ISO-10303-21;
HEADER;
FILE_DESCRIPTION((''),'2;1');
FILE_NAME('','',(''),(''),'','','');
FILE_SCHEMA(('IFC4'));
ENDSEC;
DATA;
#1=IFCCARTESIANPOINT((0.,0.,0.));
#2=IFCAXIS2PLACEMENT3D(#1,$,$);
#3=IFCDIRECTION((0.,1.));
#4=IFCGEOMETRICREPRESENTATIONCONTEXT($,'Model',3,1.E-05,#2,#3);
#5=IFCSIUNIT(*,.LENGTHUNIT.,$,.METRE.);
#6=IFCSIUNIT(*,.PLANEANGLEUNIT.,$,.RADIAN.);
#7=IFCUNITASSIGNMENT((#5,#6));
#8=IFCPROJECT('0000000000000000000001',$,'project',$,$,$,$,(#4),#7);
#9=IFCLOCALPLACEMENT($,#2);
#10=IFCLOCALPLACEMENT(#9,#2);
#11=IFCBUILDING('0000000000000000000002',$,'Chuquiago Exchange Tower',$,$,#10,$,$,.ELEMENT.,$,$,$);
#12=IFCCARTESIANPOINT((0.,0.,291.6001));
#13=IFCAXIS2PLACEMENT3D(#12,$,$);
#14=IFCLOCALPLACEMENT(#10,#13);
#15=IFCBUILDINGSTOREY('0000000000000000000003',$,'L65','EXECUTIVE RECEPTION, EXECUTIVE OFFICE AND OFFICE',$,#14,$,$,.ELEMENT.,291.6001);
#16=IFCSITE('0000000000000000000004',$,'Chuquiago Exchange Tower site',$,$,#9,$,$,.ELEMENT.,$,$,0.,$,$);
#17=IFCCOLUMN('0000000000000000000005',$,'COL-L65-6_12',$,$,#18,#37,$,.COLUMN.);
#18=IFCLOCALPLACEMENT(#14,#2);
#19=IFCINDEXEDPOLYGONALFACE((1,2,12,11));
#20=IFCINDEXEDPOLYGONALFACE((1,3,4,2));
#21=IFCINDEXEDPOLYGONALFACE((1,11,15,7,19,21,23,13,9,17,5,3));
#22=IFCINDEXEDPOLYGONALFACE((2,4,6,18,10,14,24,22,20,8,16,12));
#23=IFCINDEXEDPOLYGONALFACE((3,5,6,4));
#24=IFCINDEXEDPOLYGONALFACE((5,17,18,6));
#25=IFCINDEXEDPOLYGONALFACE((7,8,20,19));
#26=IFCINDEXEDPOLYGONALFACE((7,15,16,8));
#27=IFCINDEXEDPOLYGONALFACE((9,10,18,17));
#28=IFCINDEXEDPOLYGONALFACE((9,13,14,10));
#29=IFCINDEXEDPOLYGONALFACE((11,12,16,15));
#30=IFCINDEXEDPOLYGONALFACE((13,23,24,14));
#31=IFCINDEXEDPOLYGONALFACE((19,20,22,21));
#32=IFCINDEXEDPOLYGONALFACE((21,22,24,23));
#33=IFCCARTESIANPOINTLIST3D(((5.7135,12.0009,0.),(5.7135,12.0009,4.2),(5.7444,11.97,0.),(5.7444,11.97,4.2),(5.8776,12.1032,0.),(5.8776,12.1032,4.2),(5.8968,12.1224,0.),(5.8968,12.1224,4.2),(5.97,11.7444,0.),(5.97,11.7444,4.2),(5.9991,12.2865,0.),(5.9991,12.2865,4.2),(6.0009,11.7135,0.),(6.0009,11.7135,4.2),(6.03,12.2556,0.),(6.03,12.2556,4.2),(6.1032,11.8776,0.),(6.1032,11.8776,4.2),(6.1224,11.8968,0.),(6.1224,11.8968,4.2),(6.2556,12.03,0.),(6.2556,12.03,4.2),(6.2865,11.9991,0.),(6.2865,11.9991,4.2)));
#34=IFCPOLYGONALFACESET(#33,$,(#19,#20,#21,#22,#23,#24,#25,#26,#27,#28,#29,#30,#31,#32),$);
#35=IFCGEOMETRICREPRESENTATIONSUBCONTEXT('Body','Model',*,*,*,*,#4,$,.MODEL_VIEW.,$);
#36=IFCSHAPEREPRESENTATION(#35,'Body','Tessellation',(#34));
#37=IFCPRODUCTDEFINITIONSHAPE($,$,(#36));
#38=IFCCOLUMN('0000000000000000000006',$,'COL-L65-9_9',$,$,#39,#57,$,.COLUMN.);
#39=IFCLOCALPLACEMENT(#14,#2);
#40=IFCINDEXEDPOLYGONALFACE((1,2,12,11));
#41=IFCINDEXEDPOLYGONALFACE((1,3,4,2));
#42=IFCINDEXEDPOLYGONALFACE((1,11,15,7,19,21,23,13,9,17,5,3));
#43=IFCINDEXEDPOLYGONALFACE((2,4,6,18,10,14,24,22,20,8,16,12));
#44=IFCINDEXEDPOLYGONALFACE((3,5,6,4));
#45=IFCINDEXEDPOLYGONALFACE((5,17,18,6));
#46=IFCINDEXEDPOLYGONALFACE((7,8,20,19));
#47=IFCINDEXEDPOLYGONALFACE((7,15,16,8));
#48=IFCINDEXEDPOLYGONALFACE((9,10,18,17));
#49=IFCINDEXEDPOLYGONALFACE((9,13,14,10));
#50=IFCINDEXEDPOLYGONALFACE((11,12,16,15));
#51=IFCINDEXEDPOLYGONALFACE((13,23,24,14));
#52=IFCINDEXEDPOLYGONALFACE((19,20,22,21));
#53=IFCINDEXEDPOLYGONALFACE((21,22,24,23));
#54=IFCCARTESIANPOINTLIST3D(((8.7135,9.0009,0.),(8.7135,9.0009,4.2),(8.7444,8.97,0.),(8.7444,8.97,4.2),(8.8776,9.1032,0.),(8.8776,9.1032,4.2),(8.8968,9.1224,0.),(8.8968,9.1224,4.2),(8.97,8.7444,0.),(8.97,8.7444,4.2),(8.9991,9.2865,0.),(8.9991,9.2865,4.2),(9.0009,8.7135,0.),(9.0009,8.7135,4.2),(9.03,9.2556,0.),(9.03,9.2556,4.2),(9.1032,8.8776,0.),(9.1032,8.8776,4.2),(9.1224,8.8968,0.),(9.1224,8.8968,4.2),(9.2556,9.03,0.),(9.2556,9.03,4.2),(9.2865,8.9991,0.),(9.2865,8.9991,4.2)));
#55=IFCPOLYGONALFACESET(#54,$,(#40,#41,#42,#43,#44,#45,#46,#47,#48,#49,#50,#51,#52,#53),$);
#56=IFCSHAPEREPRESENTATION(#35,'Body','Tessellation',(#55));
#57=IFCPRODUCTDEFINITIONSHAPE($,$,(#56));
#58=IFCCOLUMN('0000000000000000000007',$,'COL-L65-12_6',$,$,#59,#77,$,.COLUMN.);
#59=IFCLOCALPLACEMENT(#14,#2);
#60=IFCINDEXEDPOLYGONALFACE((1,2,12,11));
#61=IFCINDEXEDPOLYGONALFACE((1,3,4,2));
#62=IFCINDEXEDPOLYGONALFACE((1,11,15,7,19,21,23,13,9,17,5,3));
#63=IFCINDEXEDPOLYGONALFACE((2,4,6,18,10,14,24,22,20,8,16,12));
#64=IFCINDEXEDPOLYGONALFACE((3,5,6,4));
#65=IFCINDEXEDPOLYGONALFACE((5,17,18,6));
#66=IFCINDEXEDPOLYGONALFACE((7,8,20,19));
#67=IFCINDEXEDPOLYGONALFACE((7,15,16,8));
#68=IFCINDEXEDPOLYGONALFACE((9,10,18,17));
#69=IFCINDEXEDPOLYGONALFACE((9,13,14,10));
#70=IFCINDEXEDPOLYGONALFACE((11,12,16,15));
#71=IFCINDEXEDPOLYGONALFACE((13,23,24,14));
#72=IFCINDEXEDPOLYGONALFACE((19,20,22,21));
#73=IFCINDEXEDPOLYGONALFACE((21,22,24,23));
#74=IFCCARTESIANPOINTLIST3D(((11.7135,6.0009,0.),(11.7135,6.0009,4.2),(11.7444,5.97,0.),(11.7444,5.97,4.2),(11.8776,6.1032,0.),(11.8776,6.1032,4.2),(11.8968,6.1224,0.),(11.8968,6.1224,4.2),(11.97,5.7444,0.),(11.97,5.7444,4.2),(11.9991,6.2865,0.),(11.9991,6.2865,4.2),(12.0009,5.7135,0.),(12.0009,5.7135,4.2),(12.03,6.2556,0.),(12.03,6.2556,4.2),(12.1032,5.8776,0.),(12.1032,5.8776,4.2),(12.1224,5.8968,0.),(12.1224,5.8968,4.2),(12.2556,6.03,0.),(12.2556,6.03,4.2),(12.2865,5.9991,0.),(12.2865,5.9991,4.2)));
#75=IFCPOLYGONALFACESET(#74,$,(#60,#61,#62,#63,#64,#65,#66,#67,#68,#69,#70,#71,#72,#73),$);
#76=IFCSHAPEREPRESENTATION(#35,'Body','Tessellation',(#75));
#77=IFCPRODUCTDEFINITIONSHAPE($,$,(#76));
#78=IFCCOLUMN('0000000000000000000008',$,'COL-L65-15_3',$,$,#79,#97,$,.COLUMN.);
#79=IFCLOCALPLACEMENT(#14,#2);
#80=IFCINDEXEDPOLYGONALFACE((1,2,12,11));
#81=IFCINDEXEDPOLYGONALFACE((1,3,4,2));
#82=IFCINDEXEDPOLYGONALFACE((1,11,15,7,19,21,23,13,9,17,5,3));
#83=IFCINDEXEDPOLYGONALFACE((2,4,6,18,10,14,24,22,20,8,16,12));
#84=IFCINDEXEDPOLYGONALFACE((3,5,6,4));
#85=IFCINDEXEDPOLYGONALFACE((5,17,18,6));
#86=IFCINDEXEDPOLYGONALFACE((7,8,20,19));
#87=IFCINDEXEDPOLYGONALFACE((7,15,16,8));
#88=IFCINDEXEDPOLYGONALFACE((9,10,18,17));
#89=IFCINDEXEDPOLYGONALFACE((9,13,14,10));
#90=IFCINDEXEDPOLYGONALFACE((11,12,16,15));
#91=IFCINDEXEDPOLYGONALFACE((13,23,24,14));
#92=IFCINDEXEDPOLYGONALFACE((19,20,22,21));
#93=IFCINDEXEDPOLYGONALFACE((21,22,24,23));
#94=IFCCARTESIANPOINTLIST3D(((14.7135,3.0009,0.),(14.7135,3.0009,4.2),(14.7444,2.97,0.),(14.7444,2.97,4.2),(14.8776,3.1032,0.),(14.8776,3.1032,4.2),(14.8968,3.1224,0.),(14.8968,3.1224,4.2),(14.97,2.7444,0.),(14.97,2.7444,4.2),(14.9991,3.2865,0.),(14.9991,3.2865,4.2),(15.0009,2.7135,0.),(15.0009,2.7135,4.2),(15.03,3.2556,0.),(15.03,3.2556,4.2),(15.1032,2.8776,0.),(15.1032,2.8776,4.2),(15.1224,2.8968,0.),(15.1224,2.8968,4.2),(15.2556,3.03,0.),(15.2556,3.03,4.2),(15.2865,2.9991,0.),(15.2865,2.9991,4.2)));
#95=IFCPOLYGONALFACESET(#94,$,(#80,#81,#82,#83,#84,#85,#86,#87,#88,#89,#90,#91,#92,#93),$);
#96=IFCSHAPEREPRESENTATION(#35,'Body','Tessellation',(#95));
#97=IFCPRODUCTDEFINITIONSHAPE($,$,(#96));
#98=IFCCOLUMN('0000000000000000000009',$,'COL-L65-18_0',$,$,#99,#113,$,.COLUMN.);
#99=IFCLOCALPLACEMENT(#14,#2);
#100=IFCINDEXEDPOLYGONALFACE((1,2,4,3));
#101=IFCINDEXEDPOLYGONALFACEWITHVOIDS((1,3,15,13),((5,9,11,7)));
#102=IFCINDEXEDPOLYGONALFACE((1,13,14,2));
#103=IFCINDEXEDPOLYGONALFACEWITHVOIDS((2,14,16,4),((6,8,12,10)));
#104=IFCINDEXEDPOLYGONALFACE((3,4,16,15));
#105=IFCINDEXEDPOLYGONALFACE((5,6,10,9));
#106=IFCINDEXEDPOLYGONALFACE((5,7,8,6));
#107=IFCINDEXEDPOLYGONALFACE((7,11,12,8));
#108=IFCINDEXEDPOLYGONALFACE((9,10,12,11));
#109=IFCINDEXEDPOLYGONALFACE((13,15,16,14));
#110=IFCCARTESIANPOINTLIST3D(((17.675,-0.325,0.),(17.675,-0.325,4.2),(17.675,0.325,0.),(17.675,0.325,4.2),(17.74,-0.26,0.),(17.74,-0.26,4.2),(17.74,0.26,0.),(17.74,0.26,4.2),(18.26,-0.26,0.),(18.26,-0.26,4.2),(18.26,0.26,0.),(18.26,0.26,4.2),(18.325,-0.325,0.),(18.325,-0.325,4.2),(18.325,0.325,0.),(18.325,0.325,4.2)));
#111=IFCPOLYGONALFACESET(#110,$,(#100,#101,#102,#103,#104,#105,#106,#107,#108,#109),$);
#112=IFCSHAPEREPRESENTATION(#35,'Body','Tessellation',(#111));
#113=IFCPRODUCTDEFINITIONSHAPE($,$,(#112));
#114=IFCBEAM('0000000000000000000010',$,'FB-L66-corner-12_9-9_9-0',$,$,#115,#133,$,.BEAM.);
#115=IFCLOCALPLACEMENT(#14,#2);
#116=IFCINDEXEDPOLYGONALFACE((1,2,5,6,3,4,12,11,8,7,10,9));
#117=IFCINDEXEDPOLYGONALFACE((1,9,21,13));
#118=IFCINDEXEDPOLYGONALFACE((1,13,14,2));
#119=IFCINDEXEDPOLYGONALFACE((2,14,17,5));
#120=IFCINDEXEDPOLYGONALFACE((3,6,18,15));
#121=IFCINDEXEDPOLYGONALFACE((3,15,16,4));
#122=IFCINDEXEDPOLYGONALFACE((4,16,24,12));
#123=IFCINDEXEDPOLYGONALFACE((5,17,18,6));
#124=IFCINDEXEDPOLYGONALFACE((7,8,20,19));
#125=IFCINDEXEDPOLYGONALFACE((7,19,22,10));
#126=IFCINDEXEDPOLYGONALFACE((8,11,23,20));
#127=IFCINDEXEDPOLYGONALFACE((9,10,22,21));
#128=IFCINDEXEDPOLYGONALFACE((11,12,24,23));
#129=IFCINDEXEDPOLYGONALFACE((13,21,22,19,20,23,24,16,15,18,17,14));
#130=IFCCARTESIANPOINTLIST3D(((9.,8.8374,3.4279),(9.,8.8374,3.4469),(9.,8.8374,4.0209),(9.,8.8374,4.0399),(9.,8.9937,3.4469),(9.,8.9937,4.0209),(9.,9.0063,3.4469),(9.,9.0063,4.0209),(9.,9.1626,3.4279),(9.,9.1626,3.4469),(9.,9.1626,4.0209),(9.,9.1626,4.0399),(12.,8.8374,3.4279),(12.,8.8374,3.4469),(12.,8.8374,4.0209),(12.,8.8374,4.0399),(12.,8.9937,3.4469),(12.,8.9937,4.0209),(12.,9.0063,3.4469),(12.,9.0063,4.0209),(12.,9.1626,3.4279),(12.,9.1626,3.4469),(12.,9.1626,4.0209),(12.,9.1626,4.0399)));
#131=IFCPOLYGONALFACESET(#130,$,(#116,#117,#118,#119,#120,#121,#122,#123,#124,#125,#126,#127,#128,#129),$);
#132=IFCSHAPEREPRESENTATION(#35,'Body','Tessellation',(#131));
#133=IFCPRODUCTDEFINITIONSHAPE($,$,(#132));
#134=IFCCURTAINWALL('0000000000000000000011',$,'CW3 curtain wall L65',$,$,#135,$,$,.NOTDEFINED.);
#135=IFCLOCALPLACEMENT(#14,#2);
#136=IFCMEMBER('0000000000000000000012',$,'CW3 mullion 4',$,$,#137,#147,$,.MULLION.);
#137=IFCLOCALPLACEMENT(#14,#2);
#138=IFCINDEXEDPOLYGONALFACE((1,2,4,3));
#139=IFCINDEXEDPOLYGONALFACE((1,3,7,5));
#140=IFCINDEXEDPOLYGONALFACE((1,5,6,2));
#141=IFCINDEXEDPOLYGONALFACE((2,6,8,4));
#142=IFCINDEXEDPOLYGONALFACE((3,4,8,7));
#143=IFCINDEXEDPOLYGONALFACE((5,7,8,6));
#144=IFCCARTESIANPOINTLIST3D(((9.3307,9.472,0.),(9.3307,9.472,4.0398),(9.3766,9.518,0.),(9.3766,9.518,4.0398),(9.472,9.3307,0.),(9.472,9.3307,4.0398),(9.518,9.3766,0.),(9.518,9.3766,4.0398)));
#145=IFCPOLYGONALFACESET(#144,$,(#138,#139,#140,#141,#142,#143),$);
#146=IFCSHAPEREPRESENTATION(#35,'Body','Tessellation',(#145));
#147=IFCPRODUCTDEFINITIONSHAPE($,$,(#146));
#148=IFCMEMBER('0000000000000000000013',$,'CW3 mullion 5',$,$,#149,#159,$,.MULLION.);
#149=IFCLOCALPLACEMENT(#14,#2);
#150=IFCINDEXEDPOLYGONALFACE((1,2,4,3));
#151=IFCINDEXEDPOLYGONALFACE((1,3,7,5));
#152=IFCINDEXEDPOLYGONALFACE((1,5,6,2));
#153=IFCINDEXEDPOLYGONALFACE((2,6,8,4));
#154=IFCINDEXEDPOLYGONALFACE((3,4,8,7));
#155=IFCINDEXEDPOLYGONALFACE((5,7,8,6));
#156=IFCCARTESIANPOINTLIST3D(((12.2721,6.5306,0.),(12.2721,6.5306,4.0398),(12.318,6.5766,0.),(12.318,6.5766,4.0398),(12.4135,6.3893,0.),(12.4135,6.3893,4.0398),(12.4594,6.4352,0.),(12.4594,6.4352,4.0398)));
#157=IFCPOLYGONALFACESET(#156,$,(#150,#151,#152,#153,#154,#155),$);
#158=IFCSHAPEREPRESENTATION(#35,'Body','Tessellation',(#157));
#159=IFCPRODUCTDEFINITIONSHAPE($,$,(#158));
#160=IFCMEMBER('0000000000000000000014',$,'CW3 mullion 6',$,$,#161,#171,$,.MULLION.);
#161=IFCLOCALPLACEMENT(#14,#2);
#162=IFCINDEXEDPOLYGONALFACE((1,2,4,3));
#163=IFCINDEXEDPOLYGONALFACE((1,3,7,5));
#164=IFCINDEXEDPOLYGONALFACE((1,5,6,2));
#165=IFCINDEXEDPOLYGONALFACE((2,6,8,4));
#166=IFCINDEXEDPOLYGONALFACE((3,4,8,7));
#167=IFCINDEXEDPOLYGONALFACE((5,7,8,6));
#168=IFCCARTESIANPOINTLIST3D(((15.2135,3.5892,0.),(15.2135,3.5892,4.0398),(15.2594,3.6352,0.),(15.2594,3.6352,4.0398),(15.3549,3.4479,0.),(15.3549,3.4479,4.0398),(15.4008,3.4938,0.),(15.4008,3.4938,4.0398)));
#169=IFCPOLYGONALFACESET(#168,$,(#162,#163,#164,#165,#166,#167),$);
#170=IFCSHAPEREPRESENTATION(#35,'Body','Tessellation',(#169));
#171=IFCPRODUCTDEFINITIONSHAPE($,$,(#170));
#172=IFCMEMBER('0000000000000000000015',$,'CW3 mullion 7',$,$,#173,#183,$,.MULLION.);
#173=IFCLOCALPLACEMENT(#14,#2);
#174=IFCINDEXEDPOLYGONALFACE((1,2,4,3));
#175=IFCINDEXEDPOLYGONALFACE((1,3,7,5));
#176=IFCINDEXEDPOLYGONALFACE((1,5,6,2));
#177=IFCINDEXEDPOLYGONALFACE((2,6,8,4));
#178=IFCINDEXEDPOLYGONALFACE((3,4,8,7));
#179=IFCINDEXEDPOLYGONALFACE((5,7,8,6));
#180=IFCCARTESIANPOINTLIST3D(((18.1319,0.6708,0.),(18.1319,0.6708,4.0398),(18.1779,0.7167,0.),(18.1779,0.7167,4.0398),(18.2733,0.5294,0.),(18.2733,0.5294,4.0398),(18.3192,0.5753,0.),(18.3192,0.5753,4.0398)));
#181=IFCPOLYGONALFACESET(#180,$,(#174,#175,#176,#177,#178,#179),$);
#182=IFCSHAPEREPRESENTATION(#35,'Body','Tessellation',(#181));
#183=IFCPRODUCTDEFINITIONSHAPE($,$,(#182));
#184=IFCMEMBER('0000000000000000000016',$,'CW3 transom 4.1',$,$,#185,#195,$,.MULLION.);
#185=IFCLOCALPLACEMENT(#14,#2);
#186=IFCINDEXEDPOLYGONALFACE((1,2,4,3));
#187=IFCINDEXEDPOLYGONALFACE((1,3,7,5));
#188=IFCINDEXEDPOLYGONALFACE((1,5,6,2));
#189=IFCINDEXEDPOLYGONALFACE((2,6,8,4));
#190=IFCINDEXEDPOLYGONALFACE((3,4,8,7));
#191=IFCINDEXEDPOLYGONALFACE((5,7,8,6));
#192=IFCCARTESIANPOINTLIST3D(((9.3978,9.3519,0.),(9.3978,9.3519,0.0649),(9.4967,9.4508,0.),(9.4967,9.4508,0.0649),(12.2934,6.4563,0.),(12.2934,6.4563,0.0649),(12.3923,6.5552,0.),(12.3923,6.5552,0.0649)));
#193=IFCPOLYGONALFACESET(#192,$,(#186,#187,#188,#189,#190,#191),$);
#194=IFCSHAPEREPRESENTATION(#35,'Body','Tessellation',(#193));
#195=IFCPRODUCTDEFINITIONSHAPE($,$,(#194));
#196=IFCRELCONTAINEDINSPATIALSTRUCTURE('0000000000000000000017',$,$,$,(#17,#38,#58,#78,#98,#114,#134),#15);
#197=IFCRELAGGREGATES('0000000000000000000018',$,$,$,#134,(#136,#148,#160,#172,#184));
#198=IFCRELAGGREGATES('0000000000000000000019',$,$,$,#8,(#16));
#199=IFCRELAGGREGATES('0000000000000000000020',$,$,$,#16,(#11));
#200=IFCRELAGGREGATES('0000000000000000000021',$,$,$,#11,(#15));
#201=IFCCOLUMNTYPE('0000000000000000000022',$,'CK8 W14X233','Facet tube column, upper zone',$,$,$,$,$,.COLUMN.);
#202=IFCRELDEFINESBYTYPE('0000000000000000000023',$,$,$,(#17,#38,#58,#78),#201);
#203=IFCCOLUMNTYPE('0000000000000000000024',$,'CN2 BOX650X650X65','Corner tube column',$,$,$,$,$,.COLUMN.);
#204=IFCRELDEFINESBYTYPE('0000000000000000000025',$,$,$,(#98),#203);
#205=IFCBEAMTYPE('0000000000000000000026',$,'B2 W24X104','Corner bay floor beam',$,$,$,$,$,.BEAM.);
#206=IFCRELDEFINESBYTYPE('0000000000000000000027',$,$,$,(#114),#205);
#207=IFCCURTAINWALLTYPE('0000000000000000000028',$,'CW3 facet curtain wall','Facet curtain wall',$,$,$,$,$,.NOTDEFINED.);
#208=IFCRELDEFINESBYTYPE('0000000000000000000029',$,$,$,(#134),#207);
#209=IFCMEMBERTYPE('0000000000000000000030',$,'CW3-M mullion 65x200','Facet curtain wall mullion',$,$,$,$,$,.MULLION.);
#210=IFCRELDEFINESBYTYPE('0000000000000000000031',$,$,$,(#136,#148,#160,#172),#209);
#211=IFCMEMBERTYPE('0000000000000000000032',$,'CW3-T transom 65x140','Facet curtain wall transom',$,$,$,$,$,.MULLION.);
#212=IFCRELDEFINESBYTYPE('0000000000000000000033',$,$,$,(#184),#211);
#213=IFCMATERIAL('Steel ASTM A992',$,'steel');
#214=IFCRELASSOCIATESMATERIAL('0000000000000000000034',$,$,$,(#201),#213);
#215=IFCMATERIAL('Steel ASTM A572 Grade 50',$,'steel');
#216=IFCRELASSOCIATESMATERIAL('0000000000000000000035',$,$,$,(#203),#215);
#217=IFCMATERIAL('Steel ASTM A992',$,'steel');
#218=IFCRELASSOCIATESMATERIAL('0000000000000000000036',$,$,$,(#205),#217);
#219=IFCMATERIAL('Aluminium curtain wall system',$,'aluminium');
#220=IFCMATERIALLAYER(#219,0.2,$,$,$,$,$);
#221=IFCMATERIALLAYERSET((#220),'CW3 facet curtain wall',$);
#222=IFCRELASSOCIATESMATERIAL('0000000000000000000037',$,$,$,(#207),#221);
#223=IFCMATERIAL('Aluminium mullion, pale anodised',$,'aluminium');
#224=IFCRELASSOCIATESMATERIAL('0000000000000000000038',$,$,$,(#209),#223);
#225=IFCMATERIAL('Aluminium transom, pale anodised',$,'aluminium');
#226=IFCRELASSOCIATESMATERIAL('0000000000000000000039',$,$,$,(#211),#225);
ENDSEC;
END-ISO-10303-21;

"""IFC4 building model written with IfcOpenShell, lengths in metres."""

from ifc_helpers import new_model, si_unit, direction, frame, origin, origin_2d, place, context, subcontext, project, spatial, rectangle, hollow_rectangle, i_section, extrude, material, layer, layer_set, material_profile, profile_set, type_object, element, aggregate, save


model = new_model("IFC4")

# Units and contexts
model_context = context("Model", 3, precision=1e-05, world=origin(), true_north=direction((0.0, 1.0)))
body_context = subcontext(model_context, "Body", "Model", "MODEL_VIEW")
ifc_project = project(units=[si_unit("LENGTHUNIT", "METRE"), si_unit("PLANEANGLEUNIT", "RADIAN")], contexts=[model_context])

# Site, building, storey
site_placement = place(None, origin())
site = spatial("IfcSite", under=ifc_project, at=site_placement, Name="Chuquiago Exchange Tower site", CompositionType="ELEMENT", RefElevation=0.0)
building_placement = place(site_placement, origin())
building = spatial("IfcBuilding", under=site, at=building_placement, Name="Chuquiago Exchange Tower", CompositionType="ELEMENT")
storey_placement = place(building_placement, frame((0.0, 0.0, 291.6001)))
storey = spatial("IfcBuildingStorey", under=building, at=storey_placement, Name="L65", Description="EXECUTIVE RECEPTION, EXECUTIVE OFFICE AND OFFICE", CompositionType="ELEMENT", Elevation=291.6001)

# Columns
ifc_material_1 = material(Name="Steel ASTM A992", Category="steel")
ifc_material_profile_1 = material_profile(ifc_material_1, i_section(OverallWidth=0.4038, OverallDepth=0.4065, WebThickness=0.0271, FlangeThickness=0.0437, at=origin_2d()), Name="W14X233")
ifc_profile_set_1 = profile_set([ifc_material_profile_1], Name="Steel ASTM A992")
column_type_1 = type_object("IfcColumnType", Name="CK8 W14X233", Description="Facet tube column, upper zone", PredefinedType="COLUMN", material=ifc_profile_set_1)
for number, where, z_axis, x_axis, name in (
    (1, (6.0, 12.0, 0.0), (0.0, 0.0, 1.0), (-0.707107, -0.707107, 0.0), "COL-L65-6_12"),
    (2, (9.0, 9.0, 0.0), (0.0, 0.0, 1.0), (-0.707107, -0.707107, 0.0), "COL-L65-9_9"),
    (3, (12.0, 6.0, 0.0), (0.0, 0.0, 1.0), (-0.707107, -0.707107, 0.0), "COL-L65-12_6"),
    (4, (15.0, 3.0, 0.0), (0.0, 0.0, 1.0), (-0.707107, -0.707107, 0.0), "COL-L65-15_3"),
):
    element("IfcColumn", number, at=place(storey_placement, frame(where, z_axis=z_axis, x_axis=x_axis)), inside=storey, type_object=column_type_1, Name=name, PredefinedType="COLUMN", context=body_context, shape_type="SweptSolid", body=[
        extrude(i_section(OverallWidth=0.4038, OverallDepth=0.4065, WebThickness=0.0271, FlangeThickness=0.0437, at=origin_2d()), origin(), (0.0, 0.0, 1.0), 4.2),
    ])
ifc_material_2 = material(Name="Steel ASTM A572 Grade 50", Category="steel")
ifc_material_profile_2 = material_profile(ifc_material_2, hollow_rectangle(XDim=0.6499, YDim=0.6499, WallThickness=0.0649, at=origin_2d()), Name="BOX650X650X65")
ifc_profile_set_2 = profile_set([ifc_material_profile_2], Name="Steel ASTM A572 Grade 50")
column_type_2 = type_object("IfcColumnType", Name="CN2 BOX650X650X65", Description="Corner tube column", PredefinedType="COLUMN", material=ifc_profile_set_2)
column_placement = place(storey_placement, frame((18.0, 0.0, 0.0), z_axis=(0.0, 0.0, 1.0), x_axis=(0.0, -1.0, 0.0)))
element("IfcColumn", 5, at=column_placement, inside=storey, type_object=column_type_2, Name="COL-L65-18_0", PredefinedType="COLUMN", context=body_context, shape_type="SweptSolid", body=[
    extrude(hollow_rectangle(XDim=0.6499, YDim=0.6499, WallThickness=0.0649, at=origin_2d()), origin(), (0.0, 0.0, 1.0), 4.2),
])

# Beam
ifc_material_3 = material(Name="Steel ASTM A992", Category="steel")
ifc_material_profile_3 = material_profile(ifc_material_3, i_section(OverallWidth=0.3252, OverallDepth=0.6121, WebThickness=0.0127, FlangeThickness=0.019, at=origin_2d()), Name="W24X104")
ifc_profile_set_3 = profile_set([ifc_material_profile_3], Name="Steel ASTM A992")
beam_type_1 = type_object("IfcBeamType", Name="B2 W24X104", Description="Corner bay floor beam", PredefinedType="BEAM", material=ifc_profile_set_3)
beam_1_placement = place(storey_placement, frame((12.0, 9.0, 3.7339), z_axis=(-1.0, 0.0, 0.0), x_axis=(0.0, -1.0, 0.0)))
element("IfcBeam", 6, at=beam_1_placement, inside=storey, type_object=beam_type_1, Name="FB-L66-corner-12_9-9_9-0", PredefinedType="BEAM", context=body_context, shape_type="SweptSolid", body=[
    extrude(i_section(OverallWidth=0.3252, OverallDepth=0.6121, WebThickness=0.0127, FlangeThickness=0.019, at=origin_2d()), origin(), (0.0, 0.0, 1.0), 3.0),
])

# Curtain wall, members
ifc_material_4 = material(Name="Aluminium curtain wall system", Category="aluminium")
ifc_layer_1 = layer(ifc_material_4, 0.2)
ifc_layer_set_1 = layer_set([ifc_layer_1], Name="CW3 facet curtain wall")
curtain_wall_type = type_object("IfcCurtainWallType", Name="CW3 facet curtain wall", Description="Facet curtain wall", PredefinedType="NOTDEFINED", material=ifc_layer_set_1)
curtain_wall_placement = place(storey_placement, origin())
curtain_wall = element("IfcCurtainWall", 7, at=curtain_wall_placement, inside=storey, type_object=curtain_wall_type, Name="CW3 curtain wall L65", PredefinedType="NOTDEFINED")
ifc_material_5 = material(Name="Aluminium mullion, pale anodised", Category="aluminium")
ifc_material_profile_4 = material_profile(ifc_material_5, rectangle(XDim=0.0649, YDim=0.2, at=origin_2d()), Name="AL 65x200")
ifc_profile_set_4 = profile_set([ifc_material_profile_4], Name="Aluminium mullion, pale anodised")
member_type_1 = type_object("IfcMemberType", Name="CW3-M mullion 65x200", Description="Facet curtain wall mullion", PredefinedType="MULLION", material=ifc_profile_set_4)
member_1_placement = place(storey_placement, frame((9.4243, 9.4243, 0.0), z_axis=(0.0, 0.0, 1.0), x_axis=(0.707107, 0.707107, 0.0)))
member_1 = element("IfcMember", 8, at=member_1_placement, type_object=member_type_1, Name="CW3 mullion 4", PredefinedType="MULLION", context=body_context, shape_type="SweptSolid", body=[
    extrude(rectangle(XDim=0.0649, YDim=0.2, at=origin_2d()), origin(), (0.0, 0.0, 1.0), 4.0398),
])
member_2_placement = place(storey_placement, frame((12.3657, 6.4829, 0.0), z_axis=(0.0, 0.0, 1.0), x_axis=(0.707107, 0.707107, 0.0)))
member_2 = element("IfcMember", 9, at=member_2_placement, type_object=member_type_1, Name="CW3 mullion 5", PredefinedType="MULLION", context=body_context, shape_type="SweptSolid", body=[
    extrude(rectangle(XDim=0.0649, YDim=0.2, at=origin_2d()), origin(), (0.0, 0.0, 1.0), 4.0398),
])
member_3_placement = place(storey_placement, frame((15.3071, 3.5415, 0.0), z_axis=(0.0, 0.0, 1.0), x_axis=(0.707107, 0.707107, 0.0)))
member_3 = element("IfcMember", 10, at=member_3_placement, type_object=member_type_1, Name="CW3 mullion 6", PredefinedType="MULLION", context=body_context, shape_type="SweptSolid", body=[
    extrude(rectangle(XDim=0.0649, YDim=0.2, at=origin_2d()), origin(), (0.0, 0.0, 1.0), 4.0398),
])
member_4_placement = place(storey_placement, frame((18.2256, 0.623, 0.0), z_axis=(0.0, 0.0, 1.0), x_axis=(0.707107, 0.707107, 0.0)))
member_4 = element("IfcMember", 11, at=member_4_placement, type_object=member_type_1, Name="CW3 mullion 7", PredefinedType="MULLION", context=body_context, shape_type="SweptSolid", body=[
    extrude(rectangle(XDim=0.0649, YDim=0.2, at=origin_2d()), origin(), (0.0, 0.0, 1.0), 4.0398),
])
ifc_material_6 = material(Name="Aluminium transom, pale anodised", Category="aluminium")
ifc_material_profile_5 = material_profile(ifc_material_6, rectangle(XDim=0.1399, YDim=0.0649, at=origin_2d()), Name="AL 140x65")
ifc_profile_set_5 = profile_set([ifc_material_profile_5], Name="Aluminium transom, pale anodised")
member_type_2 = type_object("IfcMemberType", Name="CW3-T transom 65x140", Description="Facet curtain wall transom", PredefinedType="MULLION", material=ifc_profile_set_5)
member_5_placement = place(storey_placement, frame((9.4473, 9.4014, 0.0325), z_axis=(0.707107, -0.707107, 0.0), x_axis=(0.707107, 0.707107, 0.0)))
member_5 = element("IfcMember", 12, at=member_5_placement, type_object=member_type_2, Name="CW3 transom 4.1", PredefinedType="MULLION", context=body_context, shape_type="SweptSolid", body=[
    extrude(rectangle(XDim=0.1399, YDim=0.0649, at=origin_2d()), origin(), (0.0, 0.0, 1.0), 4.095),
])

aggregate(curtain_wall, [member_1, member_2, member_3, member_4, member_5])

save(model, "model.ifc")
